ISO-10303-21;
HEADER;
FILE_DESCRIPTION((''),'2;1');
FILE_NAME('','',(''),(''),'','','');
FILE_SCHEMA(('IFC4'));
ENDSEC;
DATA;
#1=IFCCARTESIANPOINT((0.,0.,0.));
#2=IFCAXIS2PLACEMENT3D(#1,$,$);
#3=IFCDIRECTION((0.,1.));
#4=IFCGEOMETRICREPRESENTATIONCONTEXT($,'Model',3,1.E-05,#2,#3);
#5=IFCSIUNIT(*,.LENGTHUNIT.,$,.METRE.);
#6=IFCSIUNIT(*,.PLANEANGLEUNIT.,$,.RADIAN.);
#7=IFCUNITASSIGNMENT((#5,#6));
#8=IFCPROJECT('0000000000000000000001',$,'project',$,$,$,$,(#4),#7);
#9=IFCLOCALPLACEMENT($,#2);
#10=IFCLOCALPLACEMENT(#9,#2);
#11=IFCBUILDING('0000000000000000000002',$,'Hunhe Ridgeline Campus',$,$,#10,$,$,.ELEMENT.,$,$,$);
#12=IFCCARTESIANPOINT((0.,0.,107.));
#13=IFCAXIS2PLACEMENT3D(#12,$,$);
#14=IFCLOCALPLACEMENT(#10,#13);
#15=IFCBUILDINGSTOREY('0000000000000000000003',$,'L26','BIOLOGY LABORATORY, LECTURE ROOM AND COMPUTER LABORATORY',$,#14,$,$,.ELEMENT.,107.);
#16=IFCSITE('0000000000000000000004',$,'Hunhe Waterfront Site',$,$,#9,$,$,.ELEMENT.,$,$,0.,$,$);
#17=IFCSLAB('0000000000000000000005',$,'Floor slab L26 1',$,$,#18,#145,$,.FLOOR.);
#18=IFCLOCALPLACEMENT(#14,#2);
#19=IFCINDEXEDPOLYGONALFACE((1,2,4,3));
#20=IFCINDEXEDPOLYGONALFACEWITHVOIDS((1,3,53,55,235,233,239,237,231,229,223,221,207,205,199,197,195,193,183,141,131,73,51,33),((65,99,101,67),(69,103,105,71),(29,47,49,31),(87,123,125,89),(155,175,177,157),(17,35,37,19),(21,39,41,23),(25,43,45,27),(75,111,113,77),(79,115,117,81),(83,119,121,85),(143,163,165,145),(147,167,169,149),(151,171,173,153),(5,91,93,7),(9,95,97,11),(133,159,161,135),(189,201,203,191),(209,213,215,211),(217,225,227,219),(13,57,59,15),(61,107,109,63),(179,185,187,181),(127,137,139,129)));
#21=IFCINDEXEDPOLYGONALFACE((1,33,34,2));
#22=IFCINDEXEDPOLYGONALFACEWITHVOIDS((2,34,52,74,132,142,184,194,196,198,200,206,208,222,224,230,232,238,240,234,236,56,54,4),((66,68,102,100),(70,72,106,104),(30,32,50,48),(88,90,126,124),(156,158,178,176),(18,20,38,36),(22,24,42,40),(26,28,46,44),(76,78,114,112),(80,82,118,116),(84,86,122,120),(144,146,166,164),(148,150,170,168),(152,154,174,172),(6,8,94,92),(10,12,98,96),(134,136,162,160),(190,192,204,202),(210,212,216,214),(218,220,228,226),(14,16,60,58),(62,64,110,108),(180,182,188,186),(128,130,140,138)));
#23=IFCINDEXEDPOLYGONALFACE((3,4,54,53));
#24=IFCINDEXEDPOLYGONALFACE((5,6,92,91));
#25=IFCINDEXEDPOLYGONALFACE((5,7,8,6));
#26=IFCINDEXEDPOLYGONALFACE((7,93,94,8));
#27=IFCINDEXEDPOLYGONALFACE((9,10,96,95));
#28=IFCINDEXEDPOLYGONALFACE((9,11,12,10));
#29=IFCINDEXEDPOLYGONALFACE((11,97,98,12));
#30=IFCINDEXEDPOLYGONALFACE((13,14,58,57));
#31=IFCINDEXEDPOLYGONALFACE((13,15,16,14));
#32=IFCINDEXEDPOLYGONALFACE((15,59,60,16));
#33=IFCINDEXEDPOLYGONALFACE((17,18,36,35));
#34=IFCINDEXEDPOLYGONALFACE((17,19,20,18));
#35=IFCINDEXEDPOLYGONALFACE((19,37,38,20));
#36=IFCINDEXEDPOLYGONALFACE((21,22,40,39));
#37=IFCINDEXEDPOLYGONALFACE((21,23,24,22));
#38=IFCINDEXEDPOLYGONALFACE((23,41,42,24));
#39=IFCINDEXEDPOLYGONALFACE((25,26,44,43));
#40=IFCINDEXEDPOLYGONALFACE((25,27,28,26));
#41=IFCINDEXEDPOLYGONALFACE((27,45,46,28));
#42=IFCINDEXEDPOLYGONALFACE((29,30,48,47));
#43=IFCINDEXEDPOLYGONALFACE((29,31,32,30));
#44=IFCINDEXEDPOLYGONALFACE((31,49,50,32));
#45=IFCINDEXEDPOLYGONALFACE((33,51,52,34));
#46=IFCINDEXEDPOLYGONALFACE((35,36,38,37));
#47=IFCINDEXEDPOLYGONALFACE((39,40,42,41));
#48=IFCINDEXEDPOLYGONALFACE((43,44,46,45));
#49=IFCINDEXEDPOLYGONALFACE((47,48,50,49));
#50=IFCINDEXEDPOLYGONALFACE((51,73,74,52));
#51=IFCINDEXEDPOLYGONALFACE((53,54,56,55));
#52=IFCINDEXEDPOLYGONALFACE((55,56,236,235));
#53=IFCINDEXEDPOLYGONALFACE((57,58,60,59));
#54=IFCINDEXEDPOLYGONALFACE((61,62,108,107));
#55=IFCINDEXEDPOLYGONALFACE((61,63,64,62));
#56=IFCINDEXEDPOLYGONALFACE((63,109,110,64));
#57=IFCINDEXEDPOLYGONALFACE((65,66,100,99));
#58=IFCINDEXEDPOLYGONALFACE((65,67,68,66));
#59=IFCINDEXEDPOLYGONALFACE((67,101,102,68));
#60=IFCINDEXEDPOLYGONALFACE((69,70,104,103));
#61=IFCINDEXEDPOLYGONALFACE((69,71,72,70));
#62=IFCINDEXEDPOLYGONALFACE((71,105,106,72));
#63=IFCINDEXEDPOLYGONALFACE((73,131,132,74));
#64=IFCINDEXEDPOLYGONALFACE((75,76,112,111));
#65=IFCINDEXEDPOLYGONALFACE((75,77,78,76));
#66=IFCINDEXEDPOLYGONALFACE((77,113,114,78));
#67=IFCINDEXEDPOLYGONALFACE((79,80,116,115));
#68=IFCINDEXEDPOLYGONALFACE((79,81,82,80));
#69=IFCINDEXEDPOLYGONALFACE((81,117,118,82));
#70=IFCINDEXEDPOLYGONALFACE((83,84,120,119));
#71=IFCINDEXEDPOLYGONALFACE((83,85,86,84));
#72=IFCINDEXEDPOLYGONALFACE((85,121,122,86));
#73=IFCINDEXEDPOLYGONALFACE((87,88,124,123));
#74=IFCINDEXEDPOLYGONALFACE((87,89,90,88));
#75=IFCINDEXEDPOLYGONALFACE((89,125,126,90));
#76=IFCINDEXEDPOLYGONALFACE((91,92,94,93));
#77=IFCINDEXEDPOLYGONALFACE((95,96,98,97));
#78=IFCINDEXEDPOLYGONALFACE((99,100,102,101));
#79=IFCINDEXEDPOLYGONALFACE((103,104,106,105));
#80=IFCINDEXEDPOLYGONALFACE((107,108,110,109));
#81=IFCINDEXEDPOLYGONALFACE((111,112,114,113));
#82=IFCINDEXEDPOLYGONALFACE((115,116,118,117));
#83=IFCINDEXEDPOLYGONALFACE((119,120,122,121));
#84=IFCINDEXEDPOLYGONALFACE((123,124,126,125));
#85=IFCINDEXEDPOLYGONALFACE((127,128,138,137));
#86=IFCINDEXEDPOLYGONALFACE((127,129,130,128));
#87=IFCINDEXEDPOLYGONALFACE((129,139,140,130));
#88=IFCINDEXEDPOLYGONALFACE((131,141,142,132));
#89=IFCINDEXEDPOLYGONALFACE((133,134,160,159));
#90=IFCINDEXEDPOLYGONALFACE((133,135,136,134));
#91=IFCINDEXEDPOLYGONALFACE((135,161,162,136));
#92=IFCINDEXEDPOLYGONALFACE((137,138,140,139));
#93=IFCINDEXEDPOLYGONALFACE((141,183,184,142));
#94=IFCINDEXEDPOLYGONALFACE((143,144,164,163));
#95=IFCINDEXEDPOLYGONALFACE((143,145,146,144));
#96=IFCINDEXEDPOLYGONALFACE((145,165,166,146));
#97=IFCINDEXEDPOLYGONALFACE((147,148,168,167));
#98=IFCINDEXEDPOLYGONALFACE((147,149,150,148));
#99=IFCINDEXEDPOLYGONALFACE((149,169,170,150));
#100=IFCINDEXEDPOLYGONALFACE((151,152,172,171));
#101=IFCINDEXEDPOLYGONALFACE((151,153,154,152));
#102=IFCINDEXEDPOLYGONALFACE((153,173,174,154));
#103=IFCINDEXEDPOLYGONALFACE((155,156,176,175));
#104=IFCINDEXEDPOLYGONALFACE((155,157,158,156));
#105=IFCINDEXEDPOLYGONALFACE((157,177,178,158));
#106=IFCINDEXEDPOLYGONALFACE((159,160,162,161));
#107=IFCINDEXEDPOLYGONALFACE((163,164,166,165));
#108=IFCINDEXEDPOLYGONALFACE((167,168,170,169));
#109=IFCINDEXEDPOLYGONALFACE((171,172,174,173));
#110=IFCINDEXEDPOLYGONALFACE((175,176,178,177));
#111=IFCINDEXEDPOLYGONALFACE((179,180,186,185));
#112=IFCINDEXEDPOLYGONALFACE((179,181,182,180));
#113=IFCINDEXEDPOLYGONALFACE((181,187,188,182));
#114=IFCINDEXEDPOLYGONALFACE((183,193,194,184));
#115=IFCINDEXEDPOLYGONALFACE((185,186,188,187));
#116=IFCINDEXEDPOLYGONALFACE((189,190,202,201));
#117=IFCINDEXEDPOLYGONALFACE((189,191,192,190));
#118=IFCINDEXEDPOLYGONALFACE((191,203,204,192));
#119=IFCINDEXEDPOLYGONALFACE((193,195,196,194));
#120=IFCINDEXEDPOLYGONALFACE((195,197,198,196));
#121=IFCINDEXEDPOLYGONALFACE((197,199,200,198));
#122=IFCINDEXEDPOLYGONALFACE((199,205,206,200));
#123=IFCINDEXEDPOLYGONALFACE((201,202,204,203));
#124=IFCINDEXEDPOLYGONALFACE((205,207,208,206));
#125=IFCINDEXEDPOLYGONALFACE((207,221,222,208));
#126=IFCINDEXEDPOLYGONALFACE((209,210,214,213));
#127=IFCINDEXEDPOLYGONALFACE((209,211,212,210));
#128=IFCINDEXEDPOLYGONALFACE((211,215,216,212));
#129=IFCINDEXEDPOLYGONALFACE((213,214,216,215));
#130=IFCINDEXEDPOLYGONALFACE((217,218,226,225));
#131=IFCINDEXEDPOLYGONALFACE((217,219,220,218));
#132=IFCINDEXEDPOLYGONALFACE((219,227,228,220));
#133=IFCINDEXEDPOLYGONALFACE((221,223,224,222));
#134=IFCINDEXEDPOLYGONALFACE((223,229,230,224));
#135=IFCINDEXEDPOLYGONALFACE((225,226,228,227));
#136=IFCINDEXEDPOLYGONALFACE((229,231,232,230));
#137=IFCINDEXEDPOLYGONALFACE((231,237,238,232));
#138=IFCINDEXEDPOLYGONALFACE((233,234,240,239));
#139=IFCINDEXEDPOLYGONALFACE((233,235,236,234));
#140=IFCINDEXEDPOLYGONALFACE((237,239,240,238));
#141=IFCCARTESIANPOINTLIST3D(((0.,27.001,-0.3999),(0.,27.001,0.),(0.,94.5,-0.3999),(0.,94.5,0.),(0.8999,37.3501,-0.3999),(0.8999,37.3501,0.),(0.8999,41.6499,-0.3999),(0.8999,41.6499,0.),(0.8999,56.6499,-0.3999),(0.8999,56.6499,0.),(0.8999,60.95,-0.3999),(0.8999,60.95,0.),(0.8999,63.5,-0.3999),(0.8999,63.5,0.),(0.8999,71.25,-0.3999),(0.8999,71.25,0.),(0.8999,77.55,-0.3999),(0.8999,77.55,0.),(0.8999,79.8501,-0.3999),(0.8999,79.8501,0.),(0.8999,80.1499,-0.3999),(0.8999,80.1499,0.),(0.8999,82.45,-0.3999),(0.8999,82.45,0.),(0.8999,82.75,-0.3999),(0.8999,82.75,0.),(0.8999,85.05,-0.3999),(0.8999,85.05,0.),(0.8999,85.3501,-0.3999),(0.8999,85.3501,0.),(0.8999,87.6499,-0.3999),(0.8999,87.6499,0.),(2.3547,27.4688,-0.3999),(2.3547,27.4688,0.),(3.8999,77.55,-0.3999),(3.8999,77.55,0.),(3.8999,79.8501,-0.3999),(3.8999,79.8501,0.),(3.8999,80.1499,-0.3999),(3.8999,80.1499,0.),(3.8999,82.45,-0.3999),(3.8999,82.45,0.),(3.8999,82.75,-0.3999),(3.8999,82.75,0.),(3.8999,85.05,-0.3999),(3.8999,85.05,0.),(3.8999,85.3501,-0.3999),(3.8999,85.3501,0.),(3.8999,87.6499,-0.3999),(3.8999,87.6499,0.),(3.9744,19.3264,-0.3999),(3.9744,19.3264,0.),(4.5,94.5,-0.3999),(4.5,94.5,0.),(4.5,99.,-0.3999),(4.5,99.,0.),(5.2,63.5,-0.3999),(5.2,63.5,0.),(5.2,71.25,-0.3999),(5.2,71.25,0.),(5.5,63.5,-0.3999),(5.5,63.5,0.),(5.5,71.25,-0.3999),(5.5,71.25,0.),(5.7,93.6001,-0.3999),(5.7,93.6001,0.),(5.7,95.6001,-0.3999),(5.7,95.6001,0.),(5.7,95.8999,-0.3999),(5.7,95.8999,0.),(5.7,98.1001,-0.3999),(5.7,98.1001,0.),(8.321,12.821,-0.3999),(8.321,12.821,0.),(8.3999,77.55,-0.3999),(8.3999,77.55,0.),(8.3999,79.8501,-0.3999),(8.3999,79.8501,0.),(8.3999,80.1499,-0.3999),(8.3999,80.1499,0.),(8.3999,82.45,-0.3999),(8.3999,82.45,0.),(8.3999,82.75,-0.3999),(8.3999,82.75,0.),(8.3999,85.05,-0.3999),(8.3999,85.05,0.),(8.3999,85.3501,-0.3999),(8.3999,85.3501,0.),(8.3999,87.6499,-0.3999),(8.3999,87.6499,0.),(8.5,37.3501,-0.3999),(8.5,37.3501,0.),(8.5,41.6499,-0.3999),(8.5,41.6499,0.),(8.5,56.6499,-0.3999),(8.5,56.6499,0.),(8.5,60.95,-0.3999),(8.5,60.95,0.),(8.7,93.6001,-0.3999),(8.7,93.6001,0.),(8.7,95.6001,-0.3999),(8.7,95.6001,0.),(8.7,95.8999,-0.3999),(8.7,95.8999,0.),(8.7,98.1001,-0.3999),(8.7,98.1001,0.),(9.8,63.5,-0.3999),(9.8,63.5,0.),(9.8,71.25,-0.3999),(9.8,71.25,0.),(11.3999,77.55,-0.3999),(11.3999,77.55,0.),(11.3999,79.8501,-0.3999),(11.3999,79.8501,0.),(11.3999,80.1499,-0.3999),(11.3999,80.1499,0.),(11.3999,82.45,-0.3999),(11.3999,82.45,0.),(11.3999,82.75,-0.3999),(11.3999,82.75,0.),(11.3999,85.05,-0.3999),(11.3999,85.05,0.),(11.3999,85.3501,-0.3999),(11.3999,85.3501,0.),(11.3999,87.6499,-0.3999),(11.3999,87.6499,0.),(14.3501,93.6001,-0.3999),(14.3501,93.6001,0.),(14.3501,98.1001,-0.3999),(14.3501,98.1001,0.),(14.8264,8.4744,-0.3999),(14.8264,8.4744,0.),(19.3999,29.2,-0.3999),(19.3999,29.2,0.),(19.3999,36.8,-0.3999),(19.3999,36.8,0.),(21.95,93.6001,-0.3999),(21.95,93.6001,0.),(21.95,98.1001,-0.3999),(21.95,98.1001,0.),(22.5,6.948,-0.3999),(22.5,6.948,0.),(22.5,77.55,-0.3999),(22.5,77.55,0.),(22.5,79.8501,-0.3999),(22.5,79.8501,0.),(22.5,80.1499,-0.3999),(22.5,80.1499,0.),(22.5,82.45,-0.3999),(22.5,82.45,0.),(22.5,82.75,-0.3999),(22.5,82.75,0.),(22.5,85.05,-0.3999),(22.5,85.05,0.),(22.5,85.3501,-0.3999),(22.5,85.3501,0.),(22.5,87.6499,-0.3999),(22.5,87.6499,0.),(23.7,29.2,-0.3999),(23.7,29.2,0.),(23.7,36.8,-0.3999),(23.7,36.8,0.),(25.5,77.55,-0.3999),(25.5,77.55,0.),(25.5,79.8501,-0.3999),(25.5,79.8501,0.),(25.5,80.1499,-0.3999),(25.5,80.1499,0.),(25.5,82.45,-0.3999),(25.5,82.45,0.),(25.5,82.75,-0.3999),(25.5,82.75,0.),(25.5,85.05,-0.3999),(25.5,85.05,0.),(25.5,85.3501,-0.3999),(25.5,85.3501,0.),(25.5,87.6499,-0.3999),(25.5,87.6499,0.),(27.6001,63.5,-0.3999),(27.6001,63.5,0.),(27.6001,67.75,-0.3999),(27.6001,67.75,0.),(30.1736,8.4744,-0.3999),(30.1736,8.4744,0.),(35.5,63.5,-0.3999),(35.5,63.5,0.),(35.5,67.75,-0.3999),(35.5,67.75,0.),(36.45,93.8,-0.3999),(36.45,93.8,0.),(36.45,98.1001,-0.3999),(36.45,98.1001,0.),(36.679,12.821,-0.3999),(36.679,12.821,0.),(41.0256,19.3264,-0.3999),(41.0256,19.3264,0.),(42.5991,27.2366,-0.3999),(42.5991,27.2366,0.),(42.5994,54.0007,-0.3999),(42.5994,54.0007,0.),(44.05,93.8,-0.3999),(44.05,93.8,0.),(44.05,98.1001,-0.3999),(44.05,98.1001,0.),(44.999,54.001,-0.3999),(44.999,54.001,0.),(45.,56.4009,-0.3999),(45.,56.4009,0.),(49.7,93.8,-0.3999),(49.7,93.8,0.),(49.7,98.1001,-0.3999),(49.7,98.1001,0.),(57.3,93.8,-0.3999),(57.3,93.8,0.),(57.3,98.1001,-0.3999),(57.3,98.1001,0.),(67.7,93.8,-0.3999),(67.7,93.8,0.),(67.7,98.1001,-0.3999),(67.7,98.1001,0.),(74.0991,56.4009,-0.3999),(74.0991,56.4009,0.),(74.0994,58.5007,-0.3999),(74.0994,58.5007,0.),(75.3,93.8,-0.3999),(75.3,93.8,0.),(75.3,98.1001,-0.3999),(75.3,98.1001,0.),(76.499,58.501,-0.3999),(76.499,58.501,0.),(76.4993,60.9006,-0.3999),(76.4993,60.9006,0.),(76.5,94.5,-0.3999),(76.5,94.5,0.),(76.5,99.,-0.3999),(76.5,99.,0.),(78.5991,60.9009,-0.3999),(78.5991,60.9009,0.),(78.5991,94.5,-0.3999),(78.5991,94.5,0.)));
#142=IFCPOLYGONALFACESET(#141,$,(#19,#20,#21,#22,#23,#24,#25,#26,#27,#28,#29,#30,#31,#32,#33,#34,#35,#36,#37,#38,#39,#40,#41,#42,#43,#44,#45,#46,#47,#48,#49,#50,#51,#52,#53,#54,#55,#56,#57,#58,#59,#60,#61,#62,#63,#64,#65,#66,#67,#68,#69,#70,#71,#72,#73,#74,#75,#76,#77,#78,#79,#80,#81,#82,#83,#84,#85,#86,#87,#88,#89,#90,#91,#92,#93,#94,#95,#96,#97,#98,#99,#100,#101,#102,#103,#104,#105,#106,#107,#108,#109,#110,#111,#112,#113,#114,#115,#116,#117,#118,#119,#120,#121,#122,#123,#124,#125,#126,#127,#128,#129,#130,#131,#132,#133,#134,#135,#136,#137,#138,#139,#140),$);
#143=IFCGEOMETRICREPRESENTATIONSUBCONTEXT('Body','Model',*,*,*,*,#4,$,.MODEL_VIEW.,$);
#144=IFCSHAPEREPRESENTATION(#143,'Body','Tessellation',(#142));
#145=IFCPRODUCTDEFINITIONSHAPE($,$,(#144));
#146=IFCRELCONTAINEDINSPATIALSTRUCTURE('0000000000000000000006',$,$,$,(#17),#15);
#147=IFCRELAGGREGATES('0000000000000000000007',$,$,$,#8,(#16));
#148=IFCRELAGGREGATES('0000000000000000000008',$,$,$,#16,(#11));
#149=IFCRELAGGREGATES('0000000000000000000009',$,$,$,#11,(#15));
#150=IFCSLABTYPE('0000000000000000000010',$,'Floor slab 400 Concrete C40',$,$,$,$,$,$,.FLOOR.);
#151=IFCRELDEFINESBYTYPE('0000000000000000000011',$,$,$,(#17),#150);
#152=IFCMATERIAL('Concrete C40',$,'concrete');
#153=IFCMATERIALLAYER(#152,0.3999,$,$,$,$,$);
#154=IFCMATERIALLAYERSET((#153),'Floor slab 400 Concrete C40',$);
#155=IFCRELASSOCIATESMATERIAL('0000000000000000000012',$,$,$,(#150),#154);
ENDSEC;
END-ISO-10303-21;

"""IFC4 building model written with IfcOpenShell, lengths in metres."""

from ifc_helpers import new_model, si_unit, direction, frame, origin, place, context, subcontext, project, spatial, polyline, outline, extrude, material, layer, layer_set, type_object, element, save


model = new_model("IFC4")

# Units and contexts
model_context = context("Model", 3, precision=1e-05, world=origin(), true_north=direction((0.0, 1.0)))
body_context = subcontext(model_context, "Body", "Model", "MODEL_VIEW")
ifc_project = project(units=[si_unit("LENGTHUNIT", "METRE"), si_unit("PLANEANGLEUNIT", "RADIAN")], contexts=[model_context])

# Site, building, storey
site_placement = place(None, origin())
site = spatial("IfcSite", under=ifc_project, at=site_placement, Name="Hunhe Waterfront Site", CompositionType="ELEMENT", RefElevation=0.0)
building_placement = place(site_placement, origin())
building = spatial("IfcBuilding", under=site, at=building_placement, Name="Hunhe Ridgeline Campus", CompositionType="ELEMENT")
storey_placement = place(building_placement, frame((0.0, 0.0, 107.0)))
storey = spatial("IfcBuildingStorey", under=building, at=storey_placement, Name="L26", Description="BIOLOGY LABORATORY, LECTURE ROOM AND COMPUTER LABORATORY", CompositionType="ELEMENT", Elevation=107.0)

# Slab
ifc_material_1 = material(Name="Concrete C40", Category="concrete")
ifc_layer_1 = layer(ifc_material_1, 0.3999)
ifc_layer_set_1 = layer_set([ifc_layer_1], Name="Floor slab 400 Concrete C40")
slab_type_1 = type_object("IfcSlabType", Name="Floor slab 400 Concrete C40", PredefinedType="FLOOR", material=ifc_layer_set_1)
slab_1_placement = place(storey_placement, frame((0.0, 0.0, -0.3999)))
element("IfcSlab", 1, at=slab_1_placement, inside=storey, type_object=slab_type_1, Name="Floor slab L26 1", PredefinedType="FLOOR", context=body_context, shape_type="SweptSolid", body=[
    extrude(outline(polyline([(0.0, 27.001), (2.3547, 27.4688), (3.9744, 19.3264), (8.321, 12.821), (14.8264, 8.4744), (22.5, 6.948), (30.1736, 8.4744), (36.679, 12.821), (41.0256, 19.3264), (42.5991, 27.2366), (42.5994, 54.0007), (44.999, 54.001), (45.0, 56.4009), (74.0991, 56.4009), (74.0994, 58.5007), (76.499, 58.501), (76.4993, 60.9006), (78.5991, 60.9009), (78.5991, 94.5), (76.5, 94.5), (76.5, 99.0), (4.5, 99.0), (4.5, 94.5), (0.0, 94.5), (0.0, 27.001)]), holes=[polyline([(67.7, 93.8), (75.3, 93.8), (75.3, 98.1001), (67.7, 98.1001), (67.7, 93.8)]), polyline([(57.3, 93.8), (57.3, 98.1001), (49.7, 98.1001), (49.7, 93.8), (57.3, 93.8)]), polyline([(44.05, 98.1001), (36.45, 98.1001), (36.45, 93.8), (44.05, 93.8), (44.05, 98.1001)]), polyline([(27.6001, 67.75), (27.6001, 63.5), (35.5, 63.5), (35.5, 67.75), (27.6001, 67.75)]), polyline([(25.5, 85.3501), (25.5, 87.6499), (22.5, 87.6499), (22.5, 85.3501), (25.5, 85.3501)]), polyline([(25.5, 85.05), (22.5, 85.05), (22.5, 82.75), (25.5, 82.75), (25.5, 85.05)]), polyline([(22.5, 82.45), (22.5, 80.1499), (25.5, 80.1499), (25.5, 82.45), (22.5, 82.45)]), polyline([(22.5, 77.55), (25.5, 77.55), (25.5, 79.8501), (22.5, 79.8501), (22.5, 77.55)]), polyline([(19.3999, 29.2), (23.7, 29.2), (23.7, 36.8), (19.3999, 36.8), (19.3999, 29.2)]), polyline([(21.95, 98.1001), (14.3501, 98.1001), (14.3501, 93.6001), (21.95, 93.6001), (21.95, 98.1001)]), polyline([(8.3999, 82.45), (8.3999, 80.1499), (11.3999, 80.1499), (11.3999, 82.45), (8.3999, 82.45)]), polyline([(11.3999, 85.3501), (11.3999, 87.6499), (8.3999, 87.6499), (8.3999, 85.3501), (11.3999, 85.3501)]), polyline([(11.3999, 85.05), (8.3999, 85.05), (8.3999, 82.75), (11.3999, 82.75), (11.3999, 85.05)]), polyline([(8.3999, 77.55), (11.3999, 77.55), (11.3999, 79.8501), (8.3999, 79.8501), (8.3999, 77.55)]), polyline([(5.5, 63.5), (9.8, 63.5), (9.8, 71.25), (5.5, 71.25), (5.5, 63.5)]), polyline([(5.7, 98.1001), (5.7, 95.8999), (8.7, 95.8999), (8.7, 98.1001), (5.7, 98.1001)]), polyline([(5.7, 93.6001), (8.7, 93.6001), (8.7, 95.6001), (5.7, 95.6001), (5.7, 93.6001)]), polyline([(0.8999, 60.95), (0.8999, 56.6499), (8.5, 56.6499), (8.5, 60.95), (0.8999, 60.95)]), polyline([(0.8999, 37.3501), (8.5, 37.3501), (8.5, 41.6499), (0.8999, 41.6499), (0.8999, 37.3501)]), polyline([(5.2, 63.5), (5.2, 71.25), (0.8999, 71.25), (0.8999, 63.5), (5.2, 63.5)]), polyline([(3.8999, 85.3501), (3.8999, 87.6499), (0.8999, 87.6499), (0.8999, 85.3501), (3.8999, 85.3501)]), polyline([(3.8999, 85.05), (0.8999, 85.05), (0.8999, 82.75), (3.8999, 82.75), (3.8999, 85.05)]), polyline([(0.8999, 82.45), (0.8999, 80.1499), (3.8999, 80.1499), (3.8999, 82.45), (0.8999, 82.45)]), polyline([(0.8999, 77.55), (3.8999, 77.55), (3.8999, 79.8501), (0.8999, 79.8501), (0.8999, 77.55)])]), origin(), (0.0, 0.0, 1.0), 0.3999),
])

save(model, "model.ifc")
